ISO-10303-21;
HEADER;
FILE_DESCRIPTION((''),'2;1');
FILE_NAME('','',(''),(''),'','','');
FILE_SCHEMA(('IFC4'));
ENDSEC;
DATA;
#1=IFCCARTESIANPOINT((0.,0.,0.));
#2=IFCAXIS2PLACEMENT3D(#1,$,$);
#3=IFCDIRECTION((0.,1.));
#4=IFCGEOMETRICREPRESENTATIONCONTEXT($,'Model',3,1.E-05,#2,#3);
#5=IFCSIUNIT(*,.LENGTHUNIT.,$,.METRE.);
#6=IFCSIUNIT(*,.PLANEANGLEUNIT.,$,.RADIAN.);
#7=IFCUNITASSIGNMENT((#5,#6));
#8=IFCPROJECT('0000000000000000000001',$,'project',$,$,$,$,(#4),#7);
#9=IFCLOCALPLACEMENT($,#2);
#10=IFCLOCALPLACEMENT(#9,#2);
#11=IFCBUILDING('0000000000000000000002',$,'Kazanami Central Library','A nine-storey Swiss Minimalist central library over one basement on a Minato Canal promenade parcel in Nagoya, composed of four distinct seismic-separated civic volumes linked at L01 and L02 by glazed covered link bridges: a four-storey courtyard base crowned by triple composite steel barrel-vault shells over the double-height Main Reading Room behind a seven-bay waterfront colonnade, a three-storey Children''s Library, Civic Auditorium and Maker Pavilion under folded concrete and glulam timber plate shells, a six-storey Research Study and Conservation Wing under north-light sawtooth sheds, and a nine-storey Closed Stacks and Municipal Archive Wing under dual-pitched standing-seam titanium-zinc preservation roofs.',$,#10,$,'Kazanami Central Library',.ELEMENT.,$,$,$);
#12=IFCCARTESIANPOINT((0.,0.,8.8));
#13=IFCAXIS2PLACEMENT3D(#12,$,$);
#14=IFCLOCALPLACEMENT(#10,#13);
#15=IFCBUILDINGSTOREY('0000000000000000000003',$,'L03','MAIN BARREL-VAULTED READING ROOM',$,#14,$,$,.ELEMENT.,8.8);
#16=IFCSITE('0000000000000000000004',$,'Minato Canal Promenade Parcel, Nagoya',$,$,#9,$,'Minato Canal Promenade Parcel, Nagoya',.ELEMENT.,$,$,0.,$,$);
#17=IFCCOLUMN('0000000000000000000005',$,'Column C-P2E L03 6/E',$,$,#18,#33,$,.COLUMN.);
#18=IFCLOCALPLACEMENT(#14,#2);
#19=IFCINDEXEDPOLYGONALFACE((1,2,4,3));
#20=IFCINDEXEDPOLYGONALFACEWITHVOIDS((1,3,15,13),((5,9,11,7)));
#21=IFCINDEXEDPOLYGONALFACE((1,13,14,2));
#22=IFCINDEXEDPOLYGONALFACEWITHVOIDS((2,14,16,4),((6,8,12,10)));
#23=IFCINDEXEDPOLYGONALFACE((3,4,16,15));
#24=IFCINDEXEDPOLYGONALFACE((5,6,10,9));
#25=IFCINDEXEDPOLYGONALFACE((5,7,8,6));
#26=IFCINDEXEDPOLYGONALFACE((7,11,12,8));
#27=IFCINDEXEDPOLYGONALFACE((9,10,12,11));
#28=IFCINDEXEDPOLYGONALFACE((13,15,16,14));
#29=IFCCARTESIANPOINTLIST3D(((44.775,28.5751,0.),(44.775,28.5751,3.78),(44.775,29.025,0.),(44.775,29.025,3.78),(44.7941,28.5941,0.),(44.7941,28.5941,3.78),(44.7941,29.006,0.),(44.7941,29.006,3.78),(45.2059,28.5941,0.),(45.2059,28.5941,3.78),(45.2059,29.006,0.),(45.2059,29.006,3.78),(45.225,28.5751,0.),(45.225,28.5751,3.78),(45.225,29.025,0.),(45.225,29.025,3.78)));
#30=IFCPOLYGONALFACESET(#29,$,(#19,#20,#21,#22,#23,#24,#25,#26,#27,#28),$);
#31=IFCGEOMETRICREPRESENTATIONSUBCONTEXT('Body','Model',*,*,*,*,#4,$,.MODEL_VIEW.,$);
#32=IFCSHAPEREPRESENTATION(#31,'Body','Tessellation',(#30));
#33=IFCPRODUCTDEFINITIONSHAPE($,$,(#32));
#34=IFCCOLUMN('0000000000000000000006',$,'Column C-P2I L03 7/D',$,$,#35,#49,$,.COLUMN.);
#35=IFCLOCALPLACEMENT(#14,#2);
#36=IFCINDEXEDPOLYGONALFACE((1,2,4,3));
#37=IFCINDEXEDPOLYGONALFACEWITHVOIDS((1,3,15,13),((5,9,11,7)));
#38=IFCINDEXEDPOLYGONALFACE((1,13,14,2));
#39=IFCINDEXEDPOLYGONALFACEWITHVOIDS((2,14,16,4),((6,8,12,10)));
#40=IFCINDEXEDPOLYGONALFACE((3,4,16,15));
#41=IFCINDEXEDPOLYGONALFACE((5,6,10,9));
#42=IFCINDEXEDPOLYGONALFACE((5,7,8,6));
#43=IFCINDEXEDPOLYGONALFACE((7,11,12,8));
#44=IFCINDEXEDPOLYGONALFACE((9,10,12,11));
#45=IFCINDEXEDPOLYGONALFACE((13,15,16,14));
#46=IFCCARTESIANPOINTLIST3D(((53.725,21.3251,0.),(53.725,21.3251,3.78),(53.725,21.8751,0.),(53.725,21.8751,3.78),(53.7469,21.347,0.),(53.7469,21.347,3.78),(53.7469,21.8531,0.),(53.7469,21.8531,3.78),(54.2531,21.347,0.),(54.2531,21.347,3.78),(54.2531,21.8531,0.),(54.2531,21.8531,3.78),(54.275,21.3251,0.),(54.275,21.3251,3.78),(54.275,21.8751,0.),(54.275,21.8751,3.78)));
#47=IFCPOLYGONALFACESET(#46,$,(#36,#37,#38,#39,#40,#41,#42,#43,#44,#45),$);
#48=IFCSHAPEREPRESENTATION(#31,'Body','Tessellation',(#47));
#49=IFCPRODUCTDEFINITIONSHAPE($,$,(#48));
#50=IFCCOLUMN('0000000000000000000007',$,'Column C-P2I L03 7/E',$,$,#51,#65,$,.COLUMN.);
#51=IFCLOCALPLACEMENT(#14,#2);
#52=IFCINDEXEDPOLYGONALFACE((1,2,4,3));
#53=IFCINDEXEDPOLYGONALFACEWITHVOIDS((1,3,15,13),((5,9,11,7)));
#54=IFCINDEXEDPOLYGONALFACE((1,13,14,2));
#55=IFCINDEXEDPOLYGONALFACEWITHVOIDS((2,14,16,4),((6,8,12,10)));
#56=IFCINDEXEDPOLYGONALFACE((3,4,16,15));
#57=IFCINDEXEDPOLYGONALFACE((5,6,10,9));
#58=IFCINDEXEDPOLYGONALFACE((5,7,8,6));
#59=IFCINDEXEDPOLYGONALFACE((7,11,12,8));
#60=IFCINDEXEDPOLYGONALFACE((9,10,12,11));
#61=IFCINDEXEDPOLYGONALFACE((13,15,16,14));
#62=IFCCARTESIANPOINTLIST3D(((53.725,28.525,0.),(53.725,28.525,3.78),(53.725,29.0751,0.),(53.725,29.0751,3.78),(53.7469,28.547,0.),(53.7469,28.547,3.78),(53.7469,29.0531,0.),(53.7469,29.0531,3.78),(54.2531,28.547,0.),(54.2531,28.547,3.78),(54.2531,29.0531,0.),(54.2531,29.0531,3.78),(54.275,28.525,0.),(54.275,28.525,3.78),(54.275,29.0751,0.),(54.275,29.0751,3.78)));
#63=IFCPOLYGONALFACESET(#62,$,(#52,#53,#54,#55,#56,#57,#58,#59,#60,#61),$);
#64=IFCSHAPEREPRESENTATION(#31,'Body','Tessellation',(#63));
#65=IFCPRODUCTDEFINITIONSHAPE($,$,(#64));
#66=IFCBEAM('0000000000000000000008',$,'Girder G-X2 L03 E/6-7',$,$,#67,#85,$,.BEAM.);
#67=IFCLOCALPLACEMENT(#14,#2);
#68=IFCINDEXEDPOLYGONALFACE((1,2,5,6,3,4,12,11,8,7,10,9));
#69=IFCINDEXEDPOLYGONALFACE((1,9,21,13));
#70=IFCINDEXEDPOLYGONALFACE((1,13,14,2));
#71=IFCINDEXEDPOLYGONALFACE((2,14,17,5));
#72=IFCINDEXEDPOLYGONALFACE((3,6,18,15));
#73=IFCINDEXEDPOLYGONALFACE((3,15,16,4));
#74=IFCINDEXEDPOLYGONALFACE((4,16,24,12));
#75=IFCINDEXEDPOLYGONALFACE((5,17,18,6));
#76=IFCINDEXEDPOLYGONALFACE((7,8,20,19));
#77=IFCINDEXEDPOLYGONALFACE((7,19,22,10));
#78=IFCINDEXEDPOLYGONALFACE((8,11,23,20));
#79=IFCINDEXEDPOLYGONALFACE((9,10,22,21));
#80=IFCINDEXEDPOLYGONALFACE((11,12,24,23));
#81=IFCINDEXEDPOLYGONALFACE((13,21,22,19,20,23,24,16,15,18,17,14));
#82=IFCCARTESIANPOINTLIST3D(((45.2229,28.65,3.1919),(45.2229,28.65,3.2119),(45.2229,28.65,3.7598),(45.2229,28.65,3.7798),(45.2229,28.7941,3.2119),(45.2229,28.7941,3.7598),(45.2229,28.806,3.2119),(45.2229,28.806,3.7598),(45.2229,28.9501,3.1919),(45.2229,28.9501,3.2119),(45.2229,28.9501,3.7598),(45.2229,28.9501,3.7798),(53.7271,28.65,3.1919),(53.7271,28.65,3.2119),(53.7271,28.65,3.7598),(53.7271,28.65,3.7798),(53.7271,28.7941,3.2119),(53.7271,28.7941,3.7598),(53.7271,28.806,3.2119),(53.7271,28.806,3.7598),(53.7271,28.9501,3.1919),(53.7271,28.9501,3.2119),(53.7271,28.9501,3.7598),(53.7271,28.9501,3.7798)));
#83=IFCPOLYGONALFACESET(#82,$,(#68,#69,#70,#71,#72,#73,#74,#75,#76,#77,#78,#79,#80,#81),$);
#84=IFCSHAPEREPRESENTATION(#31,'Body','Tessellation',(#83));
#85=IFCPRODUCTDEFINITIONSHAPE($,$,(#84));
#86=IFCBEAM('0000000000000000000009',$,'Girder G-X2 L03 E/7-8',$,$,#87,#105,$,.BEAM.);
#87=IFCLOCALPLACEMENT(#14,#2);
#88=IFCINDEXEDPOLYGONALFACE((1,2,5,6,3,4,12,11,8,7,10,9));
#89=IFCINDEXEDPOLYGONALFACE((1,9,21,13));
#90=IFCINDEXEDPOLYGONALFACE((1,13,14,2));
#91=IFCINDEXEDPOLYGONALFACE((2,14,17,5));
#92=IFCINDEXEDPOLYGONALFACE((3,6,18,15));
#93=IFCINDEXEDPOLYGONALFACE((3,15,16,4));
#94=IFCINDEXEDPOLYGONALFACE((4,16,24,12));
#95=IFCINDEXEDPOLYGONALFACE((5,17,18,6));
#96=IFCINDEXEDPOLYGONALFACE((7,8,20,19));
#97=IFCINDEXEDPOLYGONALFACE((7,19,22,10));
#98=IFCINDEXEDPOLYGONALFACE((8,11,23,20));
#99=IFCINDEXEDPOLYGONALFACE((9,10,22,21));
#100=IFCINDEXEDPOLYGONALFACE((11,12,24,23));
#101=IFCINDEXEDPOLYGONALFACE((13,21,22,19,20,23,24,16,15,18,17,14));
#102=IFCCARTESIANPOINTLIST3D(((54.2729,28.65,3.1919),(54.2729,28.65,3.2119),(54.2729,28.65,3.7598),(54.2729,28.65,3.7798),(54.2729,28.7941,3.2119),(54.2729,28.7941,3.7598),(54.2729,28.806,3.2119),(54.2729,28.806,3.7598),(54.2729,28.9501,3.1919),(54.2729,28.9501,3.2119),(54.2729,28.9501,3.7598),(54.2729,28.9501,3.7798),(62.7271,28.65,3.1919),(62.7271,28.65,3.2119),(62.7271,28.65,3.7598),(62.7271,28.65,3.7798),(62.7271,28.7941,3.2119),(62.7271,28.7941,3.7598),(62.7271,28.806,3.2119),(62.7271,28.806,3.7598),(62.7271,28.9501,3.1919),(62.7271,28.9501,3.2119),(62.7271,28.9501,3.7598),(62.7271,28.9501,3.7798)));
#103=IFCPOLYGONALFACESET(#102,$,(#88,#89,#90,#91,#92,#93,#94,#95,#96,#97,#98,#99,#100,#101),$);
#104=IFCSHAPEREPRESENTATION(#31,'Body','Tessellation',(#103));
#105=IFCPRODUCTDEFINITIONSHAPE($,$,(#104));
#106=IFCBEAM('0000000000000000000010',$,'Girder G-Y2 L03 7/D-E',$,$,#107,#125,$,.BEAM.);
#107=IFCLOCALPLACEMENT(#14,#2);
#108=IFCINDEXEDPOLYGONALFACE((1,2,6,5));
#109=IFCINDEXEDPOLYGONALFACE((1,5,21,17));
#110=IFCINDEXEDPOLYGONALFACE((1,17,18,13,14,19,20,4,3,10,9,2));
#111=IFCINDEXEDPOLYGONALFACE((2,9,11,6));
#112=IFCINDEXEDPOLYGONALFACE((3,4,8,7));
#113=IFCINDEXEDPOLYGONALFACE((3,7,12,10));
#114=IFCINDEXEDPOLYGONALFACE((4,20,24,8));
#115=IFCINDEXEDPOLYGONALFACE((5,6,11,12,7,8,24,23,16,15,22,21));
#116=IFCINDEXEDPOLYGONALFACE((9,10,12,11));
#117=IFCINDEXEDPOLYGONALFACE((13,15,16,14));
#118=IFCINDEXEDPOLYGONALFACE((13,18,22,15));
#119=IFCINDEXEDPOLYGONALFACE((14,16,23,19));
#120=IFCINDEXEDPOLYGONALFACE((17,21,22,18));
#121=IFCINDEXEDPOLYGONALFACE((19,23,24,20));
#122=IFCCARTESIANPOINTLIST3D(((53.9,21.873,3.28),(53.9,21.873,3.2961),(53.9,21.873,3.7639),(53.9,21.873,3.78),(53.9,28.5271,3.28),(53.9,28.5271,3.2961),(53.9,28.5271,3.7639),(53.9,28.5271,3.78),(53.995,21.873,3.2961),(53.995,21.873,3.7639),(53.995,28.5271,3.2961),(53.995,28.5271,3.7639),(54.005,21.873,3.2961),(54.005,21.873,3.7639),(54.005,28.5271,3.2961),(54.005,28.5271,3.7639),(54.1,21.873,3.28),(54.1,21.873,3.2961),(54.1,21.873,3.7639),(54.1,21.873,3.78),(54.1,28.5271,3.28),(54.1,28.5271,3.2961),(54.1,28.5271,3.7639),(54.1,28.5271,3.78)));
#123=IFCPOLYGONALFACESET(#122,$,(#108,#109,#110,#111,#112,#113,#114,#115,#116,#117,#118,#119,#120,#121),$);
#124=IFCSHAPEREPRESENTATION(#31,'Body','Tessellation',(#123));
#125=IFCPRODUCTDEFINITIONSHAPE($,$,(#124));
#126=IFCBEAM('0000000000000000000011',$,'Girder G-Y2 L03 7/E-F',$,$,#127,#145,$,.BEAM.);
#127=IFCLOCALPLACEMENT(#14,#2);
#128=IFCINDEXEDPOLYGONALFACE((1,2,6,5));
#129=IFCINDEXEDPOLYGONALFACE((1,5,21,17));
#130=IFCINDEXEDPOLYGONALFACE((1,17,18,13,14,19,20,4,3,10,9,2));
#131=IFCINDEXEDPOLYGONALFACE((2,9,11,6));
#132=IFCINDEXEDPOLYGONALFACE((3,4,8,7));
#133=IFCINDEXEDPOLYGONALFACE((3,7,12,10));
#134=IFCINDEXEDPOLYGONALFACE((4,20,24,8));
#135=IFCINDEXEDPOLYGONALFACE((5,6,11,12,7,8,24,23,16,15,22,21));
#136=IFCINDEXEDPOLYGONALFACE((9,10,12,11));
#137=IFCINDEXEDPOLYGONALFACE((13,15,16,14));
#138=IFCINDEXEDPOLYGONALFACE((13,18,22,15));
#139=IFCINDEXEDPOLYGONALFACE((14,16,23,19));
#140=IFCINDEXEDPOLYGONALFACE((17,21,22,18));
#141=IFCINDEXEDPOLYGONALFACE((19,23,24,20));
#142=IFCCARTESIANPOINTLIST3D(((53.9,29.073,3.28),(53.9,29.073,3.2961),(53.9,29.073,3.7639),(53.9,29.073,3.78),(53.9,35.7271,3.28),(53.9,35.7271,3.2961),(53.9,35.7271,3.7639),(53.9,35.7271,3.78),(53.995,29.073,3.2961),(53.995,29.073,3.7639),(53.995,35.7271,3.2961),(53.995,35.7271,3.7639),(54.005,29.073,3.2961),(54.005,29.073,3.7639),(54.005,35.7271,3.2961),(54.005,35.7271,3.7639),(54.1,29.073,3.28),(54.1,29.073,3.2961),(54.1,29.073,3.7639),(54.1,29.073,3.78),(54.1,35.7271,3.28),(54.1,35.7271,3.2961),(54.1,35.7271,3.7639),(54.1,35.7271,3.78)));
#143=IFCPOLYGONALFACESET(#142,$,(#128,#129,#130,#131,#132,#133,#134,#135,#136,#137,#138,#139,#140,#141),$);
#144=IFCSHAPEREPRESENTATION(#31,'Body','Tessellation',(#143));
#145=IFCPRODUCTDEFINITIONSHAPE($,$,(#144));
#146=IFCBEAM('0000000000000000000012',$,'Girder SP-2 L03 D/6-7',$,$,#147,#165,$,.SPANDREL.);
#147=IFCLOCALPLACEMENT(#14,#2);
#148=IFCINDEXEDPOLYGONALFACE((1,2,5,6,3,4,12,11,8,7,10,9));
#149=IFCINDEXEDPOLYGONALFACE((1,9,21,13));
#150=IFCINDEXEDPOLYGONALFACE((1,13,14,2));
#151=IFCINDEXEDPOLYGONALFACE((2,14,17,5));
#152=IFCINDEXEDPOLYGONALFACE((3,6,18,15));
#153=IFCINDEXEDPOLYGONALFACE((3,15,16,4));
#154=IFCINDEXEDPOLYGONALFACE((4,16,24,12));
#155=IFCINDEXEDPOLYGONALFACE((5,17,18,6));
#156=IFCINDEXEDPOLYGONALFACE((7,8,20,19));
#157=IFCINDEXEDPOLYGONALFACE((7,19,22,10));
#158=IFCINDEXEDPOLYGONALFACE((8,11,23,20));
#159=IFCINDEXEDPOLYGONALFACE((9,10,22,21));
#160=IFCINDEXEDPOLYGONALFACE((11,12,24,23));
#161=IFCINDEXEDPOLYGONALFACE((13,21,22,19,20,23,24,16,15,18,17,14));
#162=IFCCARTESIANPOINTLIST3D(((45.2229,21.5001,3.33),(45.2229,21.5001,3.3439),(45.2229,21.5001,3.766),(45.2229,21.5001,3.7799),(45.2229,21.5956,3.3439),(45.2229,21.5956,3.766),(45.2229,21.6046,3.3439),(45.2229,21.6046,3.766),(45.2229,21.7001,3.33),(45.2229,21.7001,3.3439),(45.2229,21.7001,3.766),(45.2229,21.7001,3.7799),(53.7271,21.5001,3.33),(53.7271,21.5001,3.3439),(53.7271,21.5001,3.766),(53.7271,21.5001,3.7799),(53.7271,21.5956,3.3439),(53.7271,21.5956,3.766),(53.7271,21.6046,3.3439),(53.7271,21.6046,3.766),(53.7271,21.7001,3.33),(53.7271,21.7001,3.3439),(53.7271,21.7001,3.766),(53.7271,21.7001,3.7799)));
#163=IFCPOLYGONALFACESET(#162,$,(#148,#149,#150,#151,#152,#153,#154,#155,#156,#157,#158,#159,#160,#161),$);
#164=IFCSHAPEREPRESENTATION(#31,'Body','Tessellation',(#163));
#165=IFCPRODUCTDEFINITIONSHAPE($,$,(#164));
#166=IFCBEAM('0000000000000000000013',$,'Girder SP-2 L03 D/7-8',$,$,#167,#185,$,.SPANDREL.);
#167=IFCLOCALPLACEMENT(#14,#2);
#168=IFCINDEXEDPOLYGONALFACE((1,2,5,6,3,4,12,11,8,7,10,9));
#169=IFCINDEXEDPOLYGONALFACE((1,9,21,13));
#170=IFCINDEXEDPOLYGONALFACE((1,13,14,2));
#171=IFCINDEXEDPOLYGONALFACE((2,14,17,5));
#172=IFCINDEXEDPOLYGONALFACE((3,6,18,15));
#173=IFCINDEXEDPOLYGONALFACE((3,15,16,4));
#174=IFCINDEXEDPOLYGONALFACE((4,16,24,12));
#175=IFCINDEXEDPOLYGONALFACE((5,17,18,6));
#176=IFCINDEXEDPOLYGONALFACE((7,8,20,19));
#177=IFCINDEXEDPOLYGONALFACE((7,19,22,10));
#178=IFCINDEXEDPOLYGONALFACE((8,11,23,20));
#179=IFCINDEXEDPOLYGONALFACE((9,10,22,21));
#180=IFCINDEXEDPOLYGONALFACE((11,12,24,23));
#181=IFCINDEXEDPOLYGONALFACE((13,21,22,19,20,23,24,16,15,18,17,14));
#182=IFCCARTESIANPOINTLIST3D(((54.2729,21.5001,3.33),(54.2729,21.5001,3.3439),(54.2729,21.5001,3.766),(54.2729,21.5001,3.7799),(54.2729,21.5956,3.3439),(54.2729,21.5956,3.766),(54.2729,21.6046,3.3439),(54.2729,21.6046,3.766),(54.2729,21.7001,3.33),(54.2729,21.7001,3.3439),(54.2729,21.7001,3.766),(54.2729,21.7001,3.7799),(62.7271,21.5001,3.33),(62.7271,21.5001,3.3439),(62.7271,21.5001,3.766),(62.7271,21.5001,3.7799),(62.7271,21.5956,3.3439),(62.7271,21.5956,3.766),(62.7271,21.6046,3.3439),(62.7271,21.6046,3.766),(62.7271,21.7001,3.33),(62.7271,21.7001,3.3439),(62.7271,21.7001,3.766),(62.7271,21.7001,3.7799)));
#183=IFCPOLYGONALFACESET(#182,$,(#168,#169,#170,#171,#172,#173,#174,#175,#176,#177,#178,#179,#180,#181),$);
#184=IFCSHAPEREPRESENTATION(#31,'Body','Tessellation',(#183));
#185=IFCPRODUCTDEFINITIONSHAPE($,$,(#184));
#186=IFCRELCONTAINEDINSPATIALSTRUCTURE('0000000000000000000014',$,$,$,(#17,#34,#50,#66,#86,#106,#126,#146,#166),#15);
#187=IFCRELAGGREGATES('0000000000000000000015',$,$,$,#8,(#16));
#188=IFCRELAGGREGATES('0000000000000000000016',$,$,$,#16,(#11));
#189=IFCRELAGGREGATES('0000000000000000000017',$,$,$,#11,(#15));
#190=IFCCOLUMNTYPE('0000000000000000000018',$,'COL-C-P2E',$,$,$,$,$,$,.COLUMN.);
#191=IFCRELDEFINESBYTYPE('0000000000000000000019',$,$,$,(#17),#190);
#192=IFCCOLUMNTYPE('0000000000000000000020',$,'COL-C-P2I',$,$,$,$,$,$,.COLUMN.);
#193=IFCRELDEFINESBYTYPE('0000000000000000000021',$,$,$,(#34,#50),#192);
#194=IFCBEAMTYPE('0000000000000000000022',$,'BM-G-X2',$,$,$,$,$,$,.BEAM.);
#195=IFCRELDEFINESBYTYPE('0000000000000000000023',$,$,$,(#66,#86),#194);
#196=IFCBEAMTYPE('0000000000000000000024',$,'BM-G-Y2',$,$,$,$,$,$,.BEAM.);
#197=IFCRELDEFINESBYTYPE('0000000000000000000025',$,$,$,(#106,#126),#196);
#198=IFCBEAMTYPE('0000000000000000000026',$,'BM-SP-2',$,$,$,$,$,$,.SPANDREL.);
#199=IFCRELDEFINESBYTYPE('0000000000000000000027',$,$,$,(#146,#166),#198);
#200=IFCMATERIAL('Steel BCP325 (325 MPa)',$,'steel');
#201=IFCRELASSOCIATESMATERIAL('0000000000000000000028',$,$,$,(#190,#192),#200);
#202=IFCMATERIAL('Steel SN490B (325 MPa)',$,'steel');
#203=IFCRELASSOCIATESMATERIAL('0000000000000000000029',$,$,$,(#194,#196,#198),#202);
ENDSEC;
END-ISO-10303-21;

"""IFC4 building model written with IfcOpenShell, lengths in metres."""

from ifc_helpers import new_model, si_unit, direction, frame, origin, origin_2d, place, context, subcontext, project, spatial, hollow_rectangle, i_section, extrude, material, material_profile, profile_set, type_object, element, save


model = new_model("IFC4")

# Units and contexts
model_context = context("Model", 3, precision=1e-05, world=origin(), true_north=direction((0.0, 1.0)))
body_context = subcontext(model_context, "Body", "Model", "MODEL_VIEW")
ifc_project = project(units=[si_unit("LENGTHUNIT", "METRE"), si_unit("PLANEANGLEUNIT", "RADIAN")], contexts=[model_context])

# Site, building, storey
site_placement = place(None, origin())
site = spatial("IfcSite", under=ifc_project, at=site_placement, Name="Minato Canal Promenade Parcel, Nagoya", LongName="Minato Canal Promenade Parcel, Nagoya", CompositionType="ELEMENT", RefElevation=0.0)
building_placement = place(site_placement, origin())
building = spatial("IfcBuilding", under=site, at=building_placement, Name="Kazanami Central Library", Description="A nine-storey Swiss Minimalist central library over one basement on a Minato Canal promenade parcel in Nagoya, composed of four distinct seismic-separated civic volumes linked at L01 and L02 by glazed covered link bridges: a four-storey courtyard base crowned by triple composite steel barrel-vault shells over the double-height Main Reading Room behind a seven-bay waterfront colonnade, a three-storey Children's Library, Civic Auditorium and Maker Pavilion under folded concrete and glulam timber plate shells, a six-storey Research Study and Conservation Wing under north-light sawtooth sheds, and a nine-storey Closed Stacks and Municipal Archive Wing under dual-pitched standing-seam titanium-zinc preservation roofs.", LongName="Kazanami Central Library", CompositionType="ELEMENT")
storey_placement = place(building_placement, frame((0.0, 0.0, 8.8)))
storey = spatial("IfcBuildingStorey", under=building, at=storey_placement, Name="L03", Description="MAIN BARREL-VAULTED READING ROOM", CompositionType="ELEMENT", Elevation=8.8)

# Columns
ifc_material_1 = material(Name="Steel BCP325 (325 MPa)", Category="steel")
ifc_material_profile_1 = material_profile(ifc_material_1, hollow_rectangle(XDim=0.45, YDim=0.45, WallThickness=0.019, at=origin_2d()), Name="BCP-450x450x19")
ifc_profile_set_1 = profile_set([ifc_material_profile_1], Name="Steel BCP325 (325 MPa)")
column_type_1 = type_object("IfcColumnType", Name="COL-C-P2E", PredefinedType="COLUMN", material=ifc_profile_set_1)
column_placement = place(storey_placement, frame((45.0, 28.8, 0.0), z_axis=(0.0, 0.0, 1.0), x_axis=(1.0, 0.0, 0.0)))
element("IfcColumn", 1, at=column_placement, inside=storey, type_object=column_type_1, Name="Column C-P2E L03 6/E", PredefinedType="COLUMN", context=body_context, shape_type="SweptSolid", body=[
    extrude(hollow_rectangle(XDim=0.45, YDim=0.45, WallThickness=0.019, at=origin_2d()), origin(), (0.0, 0.0, 1.0), 3.78),
])
ifc_material_profile_2 = material_profile(ifc_material_1, hollow_rectangle(XDim=0.55, YDim=0.55, WallThickness=0.022, at=origin_2d()), Name="BCP-550x550x22")
ifc_profile_set_2 = profile_set([ifc_material_profile_2], Name="Steel BCP325 (325 MPa)")
column_type_2 = type_object("IfcColumnType", Name="COL-C-P2I", PredefinedType="COLUMN", material=ifc_profile_set_2)
for number, where, z_axis, x_axis, name in (
    (2, (54.0, 21.6001, 0.0), (0.0, 0.0, 1.0), (1.0, 0.0, 0.0), "Column C-P2I L03 7/D"),
    (3, (54.0, 28.8, 0.0), (0.0, 0.0, 1.0), (1.0, 0.0, 0.0), "Column C-P2I L03 7/E"),
):
    element("IfcColumn", number, at=place(storey_placement, frame(where, z_axis=z_axis, x_axis=x_axis)), inside=storey, type_object=column_type_2, Name=name, PredefinedType="COLUMN", context=body_context, shape_type="SweptSolid", body=[
        extrude(hollow_rectangle(XDim=0.55, YDim=0.55, WallThickness=0.022, at=origin_2d()), origin(), (0.0, 0.0, 1.0), 3.78),
    ])

# Beams
ifc_material_2 = material(Name="Steel SN490B (325 MPa)", Category="steel")
ifc_material_profile_3 = material_profile(ifc_material_2, i_section(OverallWidth=0.3, OverallDepth=0.5879, WebThickness=0.012, FlangeThickness=0.02, at=origin_2d()), Name="H-588x300x12x20")
ifc_profile_set_3 = profile_set([ifc_material_profile_3], Name="Steel SN490B (325 MPa)")
beam_type_1 = type_object("IfcBeamType", Name="BM-G-X2", PredefinedType="BEAM", material=ifc_profile_set_3)
beam_1_placement = place(storey_placement, frame((45.2229, 28.8, 3.4858), z_axis=(1.0, 0.0, 0.0), x_axis=(0.0, 1.0, 0.0)))
element("IfcBeam", 4, at=beam_1_placement, inside=storey, type_object=beam_type_1, Name="Girder G-X2 L03 E/6-7", PredefinedType="BEAM", context=body_context, shape_type="SweptSolid", body=[
    extrude(i_section(OverallWidth=0.3, OverallDepth=0.5879, WebThickness=0.012, FlangeThickness=0.02, at=origin_2d()), origin(), (0.0, 0.0, 1.0), 8.5042),
])
beam_2_placement = place(storey_placement, frame((54.2729, 28.8, 3.4858), z_axis=(1.0, 0.0, 0.0), x_axis=(0.0, 1.0, 0.0)))
element("IfcBeam", 5, at=beam_2_placement, inside=storey, type_object=beam_type_1, Name="Girder G-X2 L03 E/7-8", PredefinedType="BEAM", context=body_context, shape_type="SweptSolid", body=[
    extrude(i_section(OverallWidth=0.3, OverallDepth=0.5879, WebThickness=0.012, FlangeThickness=0.02, at=origin_2d()), origin(), (0.0, 0.0, 1.0), 8.4541),
])
ifc_material_profile_4 = material_profile(ifc_material_2, i_section(OverallWidth=0.2, OverallDepth=0.5, WebThickness=0.01, FlangeThickness=0.0161, at=origin_2d()), Name="H-500x200x10x16")
ifc_profile_set_4 = profile_set([ifc_material_profile_4], Name="Steel SN490B (325 MPa)")
beam_type_2 = type_object("IfcBeamType", Name="BM-G-Y2", PredefinedType="BEAM", material=ifc_profile_set_4)
for number, where, z_axis, x_axis, name in (
    (6, (54.0, 21.873, 3.53), (0.0, 1.0, 0.0), (-1.0, 0.0, 0.0), "Girder G-Y2 L03 7/D-E"),
    (7, (54.0, 29.073, 3.53), (0.0, 1.0, 0.0), (-1.0, 0.0, 0.0), "Girder G-Y2 L03 7/E-F"),
):
    element("IfcBeam", number, at=place(storey_placement, frame(where, z_axis=z_axis, x_axis=x_axis)), inside=storey, type_object=beam_type_2, Name=name, PredefinedType="BEAM", context=body_context, shape_type="SweptSolid", body=[
        extrude(i_section(OverallWidth=0.2, OverallDepth=0.5, WebThickness=0.01, FlangeThickness=0.0161, at=origin_2d()), origin(), (0.0, 0.0, 1.0), 6.6541),
    ])
ifc_material_profile_5 = material_profile(ifc_material_2, i_section(OverallWidth=0.2, OverallDepth=0.45, WebThickness=0.009, FlangeThickness=0.0139, at=origin_2d()), Name="H-450x200x9x14")
ifc_profile_set_5 = profile_set([ifc_material_profile_5], Name="Steel SN490B (325 MPa)")
beam_type_3 = type_object("IfcBeamType", Name="BM-SP-2", PredefinedType="SPANDREL", material=ifc_profile_set_5)
beam_3_placement = place(storey_placement, frame((45.2229, 21.6001, 3.5549), z_axis=(1.0, 0.0, 0.0), x_axis=(0.0, 1.0, 0.0)))
element("IfcBeam", 8, at=beam_3_placement, inside=storey, type_object=beam_type_3, Name="Girder SP-2 L03 D/6-7", PredefinedType="SPANDREL", context=body_context, shape_type="SweptSolid", body=[
    extrude(i_section(OverallWidth=0.2, OverallDepth=0.45, WebThickness=0.009, FlangeThickness=0.0139, at=origin_2d()), origin(), (0.0, 0.0, 1.0), 8.5042),
])
beam_4_placement = place(storey_placement, frame((54.2729, 21.6001, 3.5549), z_axis=(1.0, 0.0, 0.0), x_axis=(0.0, 1.0, 0.0)))
element("IfcBeam", 9, at=beam_4_placement, inside=storey, type_object=beam_type_3, Name="Girder SP-2 L03 D/7-8", PredefinedType="SPANDREL", context=body_context, shape_type="SweptSolid", body=[
    extrude(i_section(OverallWidth=0.2, OverallDepth=0.45, WebThickness=0.009, FlangeThickness=0.0139, at=origin_2d()), origin(), (0.0, 0.0, 1.0), 8.4541),
])

save(model, "model.ifc")
